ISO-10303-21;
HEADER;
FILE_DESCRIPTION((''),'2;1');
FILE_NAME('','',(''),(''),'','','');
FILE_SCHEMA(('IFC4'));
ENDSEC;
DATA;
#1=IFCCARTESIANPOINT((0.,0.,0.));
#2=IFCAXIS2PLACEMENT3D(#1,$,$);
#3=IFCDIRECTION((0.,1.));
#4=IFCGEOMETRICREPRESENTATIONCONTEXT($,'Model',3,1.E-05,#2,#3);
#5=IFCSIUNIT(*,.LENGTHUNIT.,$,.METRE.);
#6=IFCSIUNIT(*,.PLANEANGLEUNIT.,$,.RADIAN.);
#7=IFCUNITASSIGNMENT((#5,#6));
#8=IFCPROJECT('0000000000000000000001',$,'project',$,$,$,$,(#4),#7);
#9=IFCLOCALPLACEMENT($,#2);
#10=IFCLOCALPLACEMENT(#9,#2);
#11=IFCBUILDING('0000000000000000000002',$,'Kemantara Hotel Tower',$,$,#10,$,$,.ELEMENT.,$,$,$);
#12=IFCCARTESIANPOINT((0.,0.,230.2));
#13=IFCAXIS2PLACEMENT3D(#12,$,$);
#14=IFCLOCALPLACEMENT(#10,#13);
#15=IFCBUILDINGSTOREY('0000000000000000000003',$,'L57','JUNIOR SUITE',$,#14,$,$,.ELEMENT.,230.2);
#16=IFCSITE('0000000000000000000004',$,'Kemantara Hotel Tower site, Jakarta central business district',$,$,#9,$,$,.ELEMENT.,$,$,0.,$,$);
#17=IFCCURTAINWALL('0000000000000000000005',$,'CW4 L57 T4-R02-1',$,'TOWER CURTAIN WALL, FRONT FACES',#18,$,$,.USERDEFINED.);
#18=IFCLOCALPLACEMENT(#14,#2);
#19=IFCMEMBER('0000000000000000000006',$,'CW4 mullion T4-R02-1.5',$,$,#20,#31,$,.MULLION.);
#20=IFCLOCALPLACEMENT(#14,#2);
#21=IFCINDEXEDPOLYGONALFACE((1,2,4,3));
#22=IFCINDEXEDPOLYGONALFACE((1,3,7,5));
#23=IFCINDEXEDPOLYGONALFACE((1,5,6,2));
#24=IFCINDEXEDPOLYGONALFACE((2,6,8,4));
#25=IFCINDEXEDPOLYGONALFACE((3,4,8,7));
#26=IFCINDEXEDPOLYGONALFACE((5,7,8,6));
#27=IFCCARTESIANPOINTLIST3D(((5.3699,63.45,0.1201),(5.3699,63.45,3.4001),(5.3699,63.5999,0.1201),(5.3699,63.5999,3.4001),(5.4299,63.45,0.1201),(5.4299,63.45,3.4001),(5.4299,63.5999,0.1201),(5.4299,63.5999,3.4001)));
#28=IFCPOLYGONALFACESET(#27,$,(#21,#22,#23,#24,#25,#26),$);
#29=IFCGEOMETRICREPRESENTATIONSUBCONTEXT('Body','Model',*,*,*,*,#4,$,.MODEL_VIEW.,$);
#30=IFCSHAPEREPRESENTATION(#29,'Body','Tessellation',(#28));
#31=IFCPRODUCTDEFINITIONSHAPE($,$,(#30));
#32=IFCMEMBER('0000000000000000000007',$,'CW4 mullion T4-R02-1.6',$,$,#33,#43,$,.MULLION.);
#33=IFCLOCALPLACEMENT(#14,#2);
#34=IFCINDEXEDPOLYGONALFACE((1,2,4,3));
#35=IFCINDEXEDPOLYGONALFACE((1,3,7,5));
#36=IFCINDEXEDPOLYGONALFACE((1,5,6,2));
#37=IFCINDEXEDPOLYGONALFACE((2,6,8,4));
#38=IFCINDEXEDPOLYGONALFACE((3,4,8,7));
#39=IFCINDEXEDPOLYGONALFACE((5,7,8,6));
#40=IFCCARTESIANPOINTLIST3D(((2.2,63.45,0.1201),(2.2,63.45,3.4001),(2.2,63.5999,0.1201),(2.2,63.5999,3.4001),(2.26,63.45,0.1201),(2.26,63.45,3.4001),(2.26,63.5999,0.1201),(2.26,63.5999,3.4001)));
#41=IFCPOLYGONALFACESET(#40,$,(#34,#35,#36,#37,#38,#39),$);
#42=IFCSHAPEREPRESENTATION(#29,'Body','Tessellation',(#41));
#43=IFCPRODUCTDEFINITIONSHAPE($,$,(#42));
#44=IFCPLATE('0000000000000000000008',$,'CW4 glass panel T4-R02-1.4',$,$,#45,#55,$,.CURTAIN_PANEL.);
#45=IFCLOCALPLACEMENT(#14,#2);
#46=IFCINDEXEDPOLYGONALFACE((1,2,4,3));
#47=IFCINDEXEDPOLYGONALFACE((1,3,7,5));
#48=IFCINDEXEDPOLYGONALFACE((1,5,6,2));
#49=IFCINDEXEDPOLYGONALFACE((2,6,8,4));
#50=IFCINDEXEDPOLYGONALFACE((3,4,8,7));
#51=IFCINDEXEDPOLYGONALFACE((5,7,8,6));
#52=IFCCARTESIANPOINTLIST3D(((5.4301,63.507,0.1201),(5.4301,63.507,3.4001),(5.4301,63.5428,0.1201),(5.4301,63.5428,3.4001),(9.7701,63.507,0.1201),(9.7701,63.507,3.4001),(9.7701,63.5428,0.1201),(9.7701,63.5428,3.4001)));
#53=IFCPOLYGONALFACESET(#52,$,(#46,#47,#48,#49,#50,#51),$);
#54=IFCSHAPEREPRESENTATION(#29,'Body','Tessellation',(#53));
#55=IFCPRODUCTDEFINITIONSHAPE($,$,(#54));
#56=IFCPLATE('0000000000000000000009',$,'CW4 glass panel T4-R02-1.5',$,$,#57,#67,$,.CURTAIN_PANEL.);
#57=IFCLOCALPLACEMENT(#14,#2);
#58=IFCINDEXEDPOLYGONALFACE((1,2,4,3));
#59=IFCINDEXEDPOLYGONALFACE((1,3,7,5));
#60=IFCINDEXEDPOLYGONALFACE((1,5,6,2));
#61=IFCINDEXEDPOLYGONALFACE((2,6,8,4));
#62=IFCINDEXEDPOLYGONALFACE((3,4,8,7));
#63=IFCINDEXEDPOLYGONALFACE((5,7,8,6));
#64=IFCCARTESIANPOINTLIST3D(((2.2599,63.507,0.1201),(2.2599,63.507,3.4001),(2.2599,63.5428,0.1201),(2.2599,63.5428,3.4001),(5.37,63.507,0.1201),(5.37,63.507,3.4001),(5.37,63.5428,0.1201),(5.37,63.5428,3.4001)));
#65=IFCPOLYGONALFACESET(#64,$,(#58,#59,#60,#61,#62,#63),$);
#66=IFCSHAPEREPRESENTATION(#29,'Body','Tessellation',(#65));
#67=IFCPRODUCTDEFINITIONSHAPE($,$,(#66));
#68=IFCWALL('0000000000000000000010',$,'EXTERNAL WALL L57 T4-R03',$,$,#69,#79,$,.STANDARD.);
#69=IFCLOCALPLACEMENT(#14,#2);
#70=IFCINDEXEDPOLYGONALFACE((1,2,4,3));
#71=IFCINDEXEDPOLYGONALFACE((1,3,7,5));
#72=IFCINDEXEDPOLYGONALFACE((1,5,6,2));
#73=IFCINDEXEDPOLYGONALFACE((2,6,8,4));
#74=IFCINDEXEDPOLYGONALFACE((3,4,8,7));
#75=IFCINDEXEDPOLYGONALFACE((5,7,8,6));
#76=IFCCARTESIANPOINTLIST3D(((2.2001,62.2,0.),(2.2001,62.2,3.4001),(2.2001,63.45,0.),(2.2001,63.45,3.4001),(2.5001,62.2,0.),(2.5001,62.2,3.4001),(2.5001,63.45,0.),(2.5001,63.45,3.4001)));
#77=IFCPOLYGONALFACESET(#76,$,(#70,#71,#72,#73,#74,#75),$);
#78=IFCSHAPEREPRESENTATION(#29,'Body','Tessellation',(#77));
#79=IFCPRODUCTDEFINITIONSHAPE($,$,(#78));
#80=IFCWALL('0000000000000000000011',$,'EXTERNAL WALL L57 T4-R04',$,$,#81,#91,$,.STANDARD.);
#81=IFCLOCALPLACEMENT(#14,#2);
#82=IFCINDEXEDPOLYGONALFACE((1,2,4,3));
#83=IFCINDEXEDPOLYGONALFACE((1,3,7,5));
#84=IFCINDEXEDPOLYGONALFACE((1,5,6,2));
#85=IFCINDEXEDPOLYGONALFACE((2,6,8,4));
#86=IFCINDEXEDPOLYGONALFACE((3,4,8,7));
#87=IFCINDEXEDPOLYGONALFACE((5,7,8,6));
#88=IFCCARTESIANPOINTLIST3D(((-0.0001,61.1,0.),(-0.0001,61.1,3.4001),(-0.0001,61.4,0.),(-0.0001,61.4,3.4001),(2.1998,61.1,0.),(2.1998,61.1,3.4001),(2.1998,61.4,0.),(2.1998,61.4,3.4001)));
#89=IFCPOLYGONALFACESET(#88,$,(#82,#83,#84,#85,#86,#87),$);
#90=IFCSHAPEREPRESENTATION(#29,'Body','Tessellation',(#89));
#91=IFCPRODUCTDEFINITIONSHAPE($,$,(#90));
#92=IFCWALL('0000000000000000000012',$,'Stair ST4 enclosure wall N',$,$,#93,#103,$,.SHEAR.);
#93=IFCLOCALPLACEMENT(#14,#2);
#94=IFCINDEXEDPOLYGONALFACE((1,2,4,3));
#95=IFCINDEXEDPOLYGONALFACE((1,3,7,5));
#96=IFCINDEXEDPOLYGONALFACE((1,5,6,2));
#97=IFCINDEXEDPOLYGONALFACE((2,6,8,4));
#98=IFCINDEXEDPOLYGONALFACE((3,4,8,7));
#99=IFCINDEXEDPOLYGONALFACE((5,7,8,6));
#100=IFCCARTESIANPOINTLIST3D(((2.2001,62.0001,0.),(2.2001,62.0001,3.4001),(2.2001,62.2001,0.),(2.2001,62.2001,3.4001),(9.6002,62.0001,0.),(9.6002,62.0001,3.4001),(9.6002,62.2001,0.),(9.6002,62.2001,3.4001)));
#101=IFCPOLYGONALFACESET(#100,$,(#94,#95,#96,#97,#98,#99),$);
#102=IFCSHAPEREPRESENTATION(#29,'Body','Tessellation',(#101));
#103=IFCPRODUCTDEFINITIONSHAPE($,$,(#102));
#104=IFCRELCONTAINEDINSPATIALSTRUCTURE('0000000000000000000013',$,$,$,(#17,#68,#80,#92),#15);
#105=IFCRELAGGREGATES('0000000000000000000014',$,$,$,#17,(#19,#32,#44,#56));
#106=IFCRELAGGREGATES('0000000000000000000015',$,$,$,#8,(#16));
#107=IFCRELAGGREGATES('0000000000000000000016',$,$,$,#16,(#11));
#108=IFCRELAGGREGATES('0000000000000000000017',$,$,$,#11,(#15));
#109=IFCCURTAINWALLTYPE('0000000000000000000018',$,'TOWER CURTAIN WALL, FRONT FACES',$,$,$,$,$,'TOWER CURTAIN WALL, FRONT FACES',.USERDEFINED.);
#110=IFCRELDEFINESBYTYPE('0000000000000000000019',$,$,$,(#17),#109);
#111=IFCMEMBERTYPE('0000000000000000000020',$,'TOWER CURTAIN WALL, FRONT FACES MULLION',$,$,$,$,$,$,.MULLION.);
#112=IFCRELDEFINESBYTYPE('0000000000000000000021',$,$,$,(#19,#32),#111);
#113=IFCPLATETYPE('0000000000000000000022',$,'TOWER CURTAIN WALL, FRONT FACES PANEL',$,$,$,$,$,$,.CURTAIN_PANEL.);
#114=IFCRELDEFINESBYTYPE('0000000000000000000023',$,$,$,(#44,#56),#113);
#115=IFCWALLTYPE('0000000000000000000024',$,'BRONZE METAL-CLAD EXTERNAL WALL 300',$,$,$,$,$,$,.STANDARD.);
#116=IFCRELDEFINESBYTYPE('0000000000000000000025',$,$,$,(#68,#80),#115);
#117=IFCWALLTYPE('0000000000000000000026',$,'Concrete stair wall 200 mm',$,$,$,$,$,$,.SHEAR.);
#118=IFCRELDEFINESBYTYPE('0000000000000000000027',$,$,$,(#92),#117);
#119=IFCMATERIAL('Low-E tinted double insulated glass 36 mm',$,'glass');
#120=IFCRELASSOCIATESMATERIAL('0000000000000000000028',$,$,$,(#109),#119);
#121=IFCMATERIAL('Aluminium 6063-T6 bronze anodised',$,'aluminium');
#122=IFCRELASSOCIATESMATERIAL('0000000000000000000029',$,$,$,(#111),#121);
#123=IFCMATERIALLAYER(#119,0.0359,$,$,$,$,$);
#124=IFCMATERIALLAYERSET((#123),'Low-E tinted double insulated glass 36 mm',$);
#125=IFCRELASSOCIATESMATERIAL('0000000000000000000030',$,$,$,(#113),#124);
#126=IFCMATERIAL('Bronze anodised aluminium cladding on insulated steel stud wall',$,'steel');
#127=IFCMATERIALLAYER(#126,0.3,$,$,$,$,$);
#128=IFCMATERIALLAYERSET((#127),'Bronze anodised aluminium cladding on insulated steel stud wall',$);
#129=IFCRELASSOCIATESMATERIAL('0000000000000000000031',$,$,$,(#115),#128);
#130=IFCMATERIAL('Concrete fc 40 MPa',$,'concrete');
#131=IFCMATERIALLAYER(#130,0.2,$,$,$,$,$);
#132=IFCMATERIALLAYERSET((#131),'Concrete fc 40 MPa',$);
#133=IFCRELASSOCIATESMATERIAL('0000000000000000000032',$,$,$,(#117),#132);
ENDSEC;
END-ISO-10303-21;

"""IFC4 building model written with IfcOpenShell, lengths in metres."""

from ifc_helpers import new_model, si_unit, direction, frame, frame_2d, origin, origin_2d, place, context, subcontext, project, spatial, rectangle, extrude, source, transform, mapped, material, layer, layer_set, material_profile, profile_set, type_object, element, aggregate, save


model = new_model("IFC4")

# Units and contexts
model_context = context("Model", 3, precision=1e-05, world=origin(), true_north=direction((0.0, 1.0)))
body_context = subcontext(model_context, "Body", "Model", "MODEL_VIEW")
ifc_project = project(units=[si_unit("LENGTHUNIT", "METRE"), si_unit("PLANEANGLEUNIT", "RADIAN")], contexts=[model_context])

# Site, building, storey
site_placement = place(None, origin())
site = spatial("IfcSite", under=ifc_project, at=site_placement, Name="Kemantara Hotel Tower site, Jakarta central business district", CompositionType="ELEMENT", RefElevation=0.0)
building_placement = place(site_placement, origin())
building = spatial("IfcBuilding", under=site, at=building_placement, Name="Kemantara Hotel Tower", CompositionType="ELEMENT")
storey_placement = place(building_placement, frame((0.0, 0.0, 230.2)))
storey = spatial("IfcBuildingStorey", under=building, at=storey_placement, Name="L57", Description="JUNIOR SUITE", CompositionType="ELEMENT", Elevation=230.2)

# Curtain wall, members, plates
ifc_material_1 = material(Name="Low-E tinted double insulated glass 36 mm", Category="glass")
curtain_wall_type = type_object("IfcCurtainWallType", Name="TOWER CURTAIN WALL, FRONT FACES", ElementType="TOWER CURTAIN WALL, FRONT FACES", PredefinedType="USERDEFINED", material=ifc_material_1)
curtain_wall_placement = place(storey_placement, origin())
curtain_wall = element("IfcCurtainWall", 1, at=curtain_wall_placement, inside=storey, type_object=curtain_wall_type, Name="CW4 L57 T4-R02-1", ObjectType="TOWER CURTAIN WALL, FRONT FACES", PredefinedType="USERDEFINED")
ifc_material_2 = material(Name="Aluminium 6063-T6 bronze anodised", Category="aluminium")
ifc_material_profile = material_profile(ifc_material_2, rectangle(XDim=0.1499, YDim=0.0601, at=origin_2d()), Name="TOWER CURTAIN WALL, FRONT FACES MULLION")
ifc_profile_set = profile_set([ifc_material_profile], Name="Aluminium 6063-T6 bronze anodised")
member_type = type_object("IfcMemberType", Name="TOWER CURTAIN WALL, FRONT FACES MULLION", PredefinedType="MULLION", material=ifc_profile_set)
shared_shape_1 = source(origin(), body_context, "Body", "SweptSolid", [
    extrude(rectangle(XDim=0.1499, YDim=0.0601, at=origin_2d()), origin(), (0.0, 0.0, 1.0), 3.28),
])
member_1_placement = place(storey_placement, frame((5.3999, 63.5249, 0.1201), z_axis=(0.0, 0.0, 1.0), x_axis=(0.0, -1.0, 0.0)))
member_1 = element("IfcMember", 2, at=member_1_placement, type_object=member_type, Name="CW4 mullion T4-R02-1.5", PredefinedType="MULLION", context=body_context, shape_type="MappedRepresentation", body=[
    mapped(shared_shape_1, transform((0.0, 0.0, 0.0))),
])
member_2_placement = place(storey_placement, frame((2.23, 63.5249, 0.1201), z_axis=(0.0, 0.0, 1.0), x_axis=(0.0, -1.0, 0.0)))
member_2 = element("IfcMember", 3, at=member_2_placement, type_object=member_type, Name="CW4 mullion T4-R02-1.6", PredefinedType="MULLION", context=body_context, shape_type="MappedRepresentation", body=[
    mapped(shared_shape_1, transform((0.0, 0.0, 0.0))),
])
ifc_layer_1 = layer(ifc_material_1, 0.0359)
ifc_layer_set_1 = layer_set([ifc_layer_1], Name="Low-E tinted double insulated glass 36 mm")
plate_type = type_object("IfcPlateType", Name="TOWER CURTAIN WALL, FRONT FACES PANEL", PredefinedType="CURTAIN_PANEL", material=ifc_layer_set_1)
shared_shape_2 = source(origin(), body_context, "Body", "SweptSolid", [
    extrude(rectangle(XDim=4.3401, YDim=0.0359, at=origin_2d()), origin(), (0.0, 0.0, 1.0), 3.28),
])
plate_1_placement = place(storey_placement, frame((7.6001, 63.5249, 0.1201), z_axis=(0.0, 0.0, 1.0), x_axis=(-1.0, 0.0, 0.0)))
plate_1 = element("IfcPlate", 4, at=plate_1_placement, type_object=plate_type, Name="CW4 glass panel T4-R02-1.4", PredefinedType="CURTAIN_PANEL", context=body_context, shape_type="MappedRepresentation", body=[
    mapped(shared_shape_2, transform((0.0, 0.0, 0.0))),
])
shared_shape_3 = source(origin(), body_context, "Body", "SweptSolid", [
    extrude(rectangle(XDim=3.1101, YDim=0.0359, at=origin_2d()), origin(), (0.0, 0.0, 1.0), 3.28),
])
plate_2_placement = place(storey_placement, frame((3.8149, 63.5249, 0.1201), z_axis=(0.0, 0.0, 1.0), x_axis=(-1.0, 0.0, 0.0)))
plate_2 = element("IfcPlate", 5, at=plate_2_placement, type_object=plate_type, Name="CW4 glass panel T4-R02-1.5", PredefinedType="CURTAIN_PANEL", context=body_context, shape_type="MappedRepresentation", body=[
    mapped(shared_shape_3, transform((0.0, 0.0, 0.0))),
])
aggregate(curtain_wall, [member_1, member_2, plate_1, plate_2])

# Walls
ifc_material_3 = material(Name="Bronze anodised aluminium cladding on insulated steel stud wall", Category="steel")
ifc_layer_2 = layer(ifc_material_3, 0.3)
ifc_layer_set_2 = layer_set([ifc_layer_2], Name="Bronze anodised aluminium cladding on insulated steel stud wall")
wall_type_1 = type_object("IfcWallType", Name="BRONZE METAL-CLAD EXTERNAL WALL 300", PredefinedType="STANDARD", material=ifc_layer_set_2)
wall_1_placement = place(storey_placement, frame((2.3501, 63.45, 0.0), z_axis=(0.0, 0.0, 1.0), x_axis=(0.0, -1.0, 0.0)))
element("IfcWall", 6, at=wall_1_placement, inside=storey, type_object=wall_type_1, Name="EXTERNAL WALL L57 T4-R03", PredefinedType="STANDARD", context=body_context, shape_type="SweptSolid", body=[
    extrude(rectangle(XDim=1.25, YDim=0.3, at=frame_2d((0.625, 0.0))), origin(), (0.0, 0.0, 1.0), 3.4001),
])
wall_2_placement = place(storey_placement, frame((2.2, 61.25, 0.0), z_axis=(0.0, 0.0, 1.0), x_axis=(-1.0, 0.0, 0.0)))
element("IfcWall", 7, at=wall_2_placement, inside=storey, type_object=wall_type_1, Name="EXTERNAL WALL L57 T4-R04", PredefinedType="STANDARD", context=body_context, shape_type="SweptSolid", body=[
    extrude(rectangle(XDim=2.2, YDim=0.3, at=frame_2d((1.1001, 0.0))), origin(), (0.0, 0.0, 1.0), 3.4001),
])

# Wall
ifc_material_4 = material(Name="Concrete fc 40 MPa", Category="concrete")
ifc_layer_3 = layer(ifc_material_4, 0.2)
ifc_layer_set_3 = layer_set([ifc_layer_3], Name="Concrete fc 40 MPa")
wall_type_2 = type_object("IfcWallType", Name="Concrete stair wall 200 mm", PredefinedType="SHEAR", material=ifc_layer_set_3)
wall_3_placement = place(storey_placement, frame((2.2, 62.1001, 0.0), z_axis=(0.0, 0.0, 1.0), x_axis=(1.0, 0.0, 0.0)))
element("IfcWall", 8, at=wall_3_placement, inside=storey, type_object=wall_type_2, Name="Stair ST4 enclosure wall N", PredefinedType="SHEAR", context=body_context, shape_type="SweptSolid", body=[
    extrude(rectangle(XDim=7.4001, YDim=0.2, at=frame_2d((3.7002, 0.0))), origin(), (0.0, 0.0, 1.0), 3.4001),
])

save(model, "model.ifc")
